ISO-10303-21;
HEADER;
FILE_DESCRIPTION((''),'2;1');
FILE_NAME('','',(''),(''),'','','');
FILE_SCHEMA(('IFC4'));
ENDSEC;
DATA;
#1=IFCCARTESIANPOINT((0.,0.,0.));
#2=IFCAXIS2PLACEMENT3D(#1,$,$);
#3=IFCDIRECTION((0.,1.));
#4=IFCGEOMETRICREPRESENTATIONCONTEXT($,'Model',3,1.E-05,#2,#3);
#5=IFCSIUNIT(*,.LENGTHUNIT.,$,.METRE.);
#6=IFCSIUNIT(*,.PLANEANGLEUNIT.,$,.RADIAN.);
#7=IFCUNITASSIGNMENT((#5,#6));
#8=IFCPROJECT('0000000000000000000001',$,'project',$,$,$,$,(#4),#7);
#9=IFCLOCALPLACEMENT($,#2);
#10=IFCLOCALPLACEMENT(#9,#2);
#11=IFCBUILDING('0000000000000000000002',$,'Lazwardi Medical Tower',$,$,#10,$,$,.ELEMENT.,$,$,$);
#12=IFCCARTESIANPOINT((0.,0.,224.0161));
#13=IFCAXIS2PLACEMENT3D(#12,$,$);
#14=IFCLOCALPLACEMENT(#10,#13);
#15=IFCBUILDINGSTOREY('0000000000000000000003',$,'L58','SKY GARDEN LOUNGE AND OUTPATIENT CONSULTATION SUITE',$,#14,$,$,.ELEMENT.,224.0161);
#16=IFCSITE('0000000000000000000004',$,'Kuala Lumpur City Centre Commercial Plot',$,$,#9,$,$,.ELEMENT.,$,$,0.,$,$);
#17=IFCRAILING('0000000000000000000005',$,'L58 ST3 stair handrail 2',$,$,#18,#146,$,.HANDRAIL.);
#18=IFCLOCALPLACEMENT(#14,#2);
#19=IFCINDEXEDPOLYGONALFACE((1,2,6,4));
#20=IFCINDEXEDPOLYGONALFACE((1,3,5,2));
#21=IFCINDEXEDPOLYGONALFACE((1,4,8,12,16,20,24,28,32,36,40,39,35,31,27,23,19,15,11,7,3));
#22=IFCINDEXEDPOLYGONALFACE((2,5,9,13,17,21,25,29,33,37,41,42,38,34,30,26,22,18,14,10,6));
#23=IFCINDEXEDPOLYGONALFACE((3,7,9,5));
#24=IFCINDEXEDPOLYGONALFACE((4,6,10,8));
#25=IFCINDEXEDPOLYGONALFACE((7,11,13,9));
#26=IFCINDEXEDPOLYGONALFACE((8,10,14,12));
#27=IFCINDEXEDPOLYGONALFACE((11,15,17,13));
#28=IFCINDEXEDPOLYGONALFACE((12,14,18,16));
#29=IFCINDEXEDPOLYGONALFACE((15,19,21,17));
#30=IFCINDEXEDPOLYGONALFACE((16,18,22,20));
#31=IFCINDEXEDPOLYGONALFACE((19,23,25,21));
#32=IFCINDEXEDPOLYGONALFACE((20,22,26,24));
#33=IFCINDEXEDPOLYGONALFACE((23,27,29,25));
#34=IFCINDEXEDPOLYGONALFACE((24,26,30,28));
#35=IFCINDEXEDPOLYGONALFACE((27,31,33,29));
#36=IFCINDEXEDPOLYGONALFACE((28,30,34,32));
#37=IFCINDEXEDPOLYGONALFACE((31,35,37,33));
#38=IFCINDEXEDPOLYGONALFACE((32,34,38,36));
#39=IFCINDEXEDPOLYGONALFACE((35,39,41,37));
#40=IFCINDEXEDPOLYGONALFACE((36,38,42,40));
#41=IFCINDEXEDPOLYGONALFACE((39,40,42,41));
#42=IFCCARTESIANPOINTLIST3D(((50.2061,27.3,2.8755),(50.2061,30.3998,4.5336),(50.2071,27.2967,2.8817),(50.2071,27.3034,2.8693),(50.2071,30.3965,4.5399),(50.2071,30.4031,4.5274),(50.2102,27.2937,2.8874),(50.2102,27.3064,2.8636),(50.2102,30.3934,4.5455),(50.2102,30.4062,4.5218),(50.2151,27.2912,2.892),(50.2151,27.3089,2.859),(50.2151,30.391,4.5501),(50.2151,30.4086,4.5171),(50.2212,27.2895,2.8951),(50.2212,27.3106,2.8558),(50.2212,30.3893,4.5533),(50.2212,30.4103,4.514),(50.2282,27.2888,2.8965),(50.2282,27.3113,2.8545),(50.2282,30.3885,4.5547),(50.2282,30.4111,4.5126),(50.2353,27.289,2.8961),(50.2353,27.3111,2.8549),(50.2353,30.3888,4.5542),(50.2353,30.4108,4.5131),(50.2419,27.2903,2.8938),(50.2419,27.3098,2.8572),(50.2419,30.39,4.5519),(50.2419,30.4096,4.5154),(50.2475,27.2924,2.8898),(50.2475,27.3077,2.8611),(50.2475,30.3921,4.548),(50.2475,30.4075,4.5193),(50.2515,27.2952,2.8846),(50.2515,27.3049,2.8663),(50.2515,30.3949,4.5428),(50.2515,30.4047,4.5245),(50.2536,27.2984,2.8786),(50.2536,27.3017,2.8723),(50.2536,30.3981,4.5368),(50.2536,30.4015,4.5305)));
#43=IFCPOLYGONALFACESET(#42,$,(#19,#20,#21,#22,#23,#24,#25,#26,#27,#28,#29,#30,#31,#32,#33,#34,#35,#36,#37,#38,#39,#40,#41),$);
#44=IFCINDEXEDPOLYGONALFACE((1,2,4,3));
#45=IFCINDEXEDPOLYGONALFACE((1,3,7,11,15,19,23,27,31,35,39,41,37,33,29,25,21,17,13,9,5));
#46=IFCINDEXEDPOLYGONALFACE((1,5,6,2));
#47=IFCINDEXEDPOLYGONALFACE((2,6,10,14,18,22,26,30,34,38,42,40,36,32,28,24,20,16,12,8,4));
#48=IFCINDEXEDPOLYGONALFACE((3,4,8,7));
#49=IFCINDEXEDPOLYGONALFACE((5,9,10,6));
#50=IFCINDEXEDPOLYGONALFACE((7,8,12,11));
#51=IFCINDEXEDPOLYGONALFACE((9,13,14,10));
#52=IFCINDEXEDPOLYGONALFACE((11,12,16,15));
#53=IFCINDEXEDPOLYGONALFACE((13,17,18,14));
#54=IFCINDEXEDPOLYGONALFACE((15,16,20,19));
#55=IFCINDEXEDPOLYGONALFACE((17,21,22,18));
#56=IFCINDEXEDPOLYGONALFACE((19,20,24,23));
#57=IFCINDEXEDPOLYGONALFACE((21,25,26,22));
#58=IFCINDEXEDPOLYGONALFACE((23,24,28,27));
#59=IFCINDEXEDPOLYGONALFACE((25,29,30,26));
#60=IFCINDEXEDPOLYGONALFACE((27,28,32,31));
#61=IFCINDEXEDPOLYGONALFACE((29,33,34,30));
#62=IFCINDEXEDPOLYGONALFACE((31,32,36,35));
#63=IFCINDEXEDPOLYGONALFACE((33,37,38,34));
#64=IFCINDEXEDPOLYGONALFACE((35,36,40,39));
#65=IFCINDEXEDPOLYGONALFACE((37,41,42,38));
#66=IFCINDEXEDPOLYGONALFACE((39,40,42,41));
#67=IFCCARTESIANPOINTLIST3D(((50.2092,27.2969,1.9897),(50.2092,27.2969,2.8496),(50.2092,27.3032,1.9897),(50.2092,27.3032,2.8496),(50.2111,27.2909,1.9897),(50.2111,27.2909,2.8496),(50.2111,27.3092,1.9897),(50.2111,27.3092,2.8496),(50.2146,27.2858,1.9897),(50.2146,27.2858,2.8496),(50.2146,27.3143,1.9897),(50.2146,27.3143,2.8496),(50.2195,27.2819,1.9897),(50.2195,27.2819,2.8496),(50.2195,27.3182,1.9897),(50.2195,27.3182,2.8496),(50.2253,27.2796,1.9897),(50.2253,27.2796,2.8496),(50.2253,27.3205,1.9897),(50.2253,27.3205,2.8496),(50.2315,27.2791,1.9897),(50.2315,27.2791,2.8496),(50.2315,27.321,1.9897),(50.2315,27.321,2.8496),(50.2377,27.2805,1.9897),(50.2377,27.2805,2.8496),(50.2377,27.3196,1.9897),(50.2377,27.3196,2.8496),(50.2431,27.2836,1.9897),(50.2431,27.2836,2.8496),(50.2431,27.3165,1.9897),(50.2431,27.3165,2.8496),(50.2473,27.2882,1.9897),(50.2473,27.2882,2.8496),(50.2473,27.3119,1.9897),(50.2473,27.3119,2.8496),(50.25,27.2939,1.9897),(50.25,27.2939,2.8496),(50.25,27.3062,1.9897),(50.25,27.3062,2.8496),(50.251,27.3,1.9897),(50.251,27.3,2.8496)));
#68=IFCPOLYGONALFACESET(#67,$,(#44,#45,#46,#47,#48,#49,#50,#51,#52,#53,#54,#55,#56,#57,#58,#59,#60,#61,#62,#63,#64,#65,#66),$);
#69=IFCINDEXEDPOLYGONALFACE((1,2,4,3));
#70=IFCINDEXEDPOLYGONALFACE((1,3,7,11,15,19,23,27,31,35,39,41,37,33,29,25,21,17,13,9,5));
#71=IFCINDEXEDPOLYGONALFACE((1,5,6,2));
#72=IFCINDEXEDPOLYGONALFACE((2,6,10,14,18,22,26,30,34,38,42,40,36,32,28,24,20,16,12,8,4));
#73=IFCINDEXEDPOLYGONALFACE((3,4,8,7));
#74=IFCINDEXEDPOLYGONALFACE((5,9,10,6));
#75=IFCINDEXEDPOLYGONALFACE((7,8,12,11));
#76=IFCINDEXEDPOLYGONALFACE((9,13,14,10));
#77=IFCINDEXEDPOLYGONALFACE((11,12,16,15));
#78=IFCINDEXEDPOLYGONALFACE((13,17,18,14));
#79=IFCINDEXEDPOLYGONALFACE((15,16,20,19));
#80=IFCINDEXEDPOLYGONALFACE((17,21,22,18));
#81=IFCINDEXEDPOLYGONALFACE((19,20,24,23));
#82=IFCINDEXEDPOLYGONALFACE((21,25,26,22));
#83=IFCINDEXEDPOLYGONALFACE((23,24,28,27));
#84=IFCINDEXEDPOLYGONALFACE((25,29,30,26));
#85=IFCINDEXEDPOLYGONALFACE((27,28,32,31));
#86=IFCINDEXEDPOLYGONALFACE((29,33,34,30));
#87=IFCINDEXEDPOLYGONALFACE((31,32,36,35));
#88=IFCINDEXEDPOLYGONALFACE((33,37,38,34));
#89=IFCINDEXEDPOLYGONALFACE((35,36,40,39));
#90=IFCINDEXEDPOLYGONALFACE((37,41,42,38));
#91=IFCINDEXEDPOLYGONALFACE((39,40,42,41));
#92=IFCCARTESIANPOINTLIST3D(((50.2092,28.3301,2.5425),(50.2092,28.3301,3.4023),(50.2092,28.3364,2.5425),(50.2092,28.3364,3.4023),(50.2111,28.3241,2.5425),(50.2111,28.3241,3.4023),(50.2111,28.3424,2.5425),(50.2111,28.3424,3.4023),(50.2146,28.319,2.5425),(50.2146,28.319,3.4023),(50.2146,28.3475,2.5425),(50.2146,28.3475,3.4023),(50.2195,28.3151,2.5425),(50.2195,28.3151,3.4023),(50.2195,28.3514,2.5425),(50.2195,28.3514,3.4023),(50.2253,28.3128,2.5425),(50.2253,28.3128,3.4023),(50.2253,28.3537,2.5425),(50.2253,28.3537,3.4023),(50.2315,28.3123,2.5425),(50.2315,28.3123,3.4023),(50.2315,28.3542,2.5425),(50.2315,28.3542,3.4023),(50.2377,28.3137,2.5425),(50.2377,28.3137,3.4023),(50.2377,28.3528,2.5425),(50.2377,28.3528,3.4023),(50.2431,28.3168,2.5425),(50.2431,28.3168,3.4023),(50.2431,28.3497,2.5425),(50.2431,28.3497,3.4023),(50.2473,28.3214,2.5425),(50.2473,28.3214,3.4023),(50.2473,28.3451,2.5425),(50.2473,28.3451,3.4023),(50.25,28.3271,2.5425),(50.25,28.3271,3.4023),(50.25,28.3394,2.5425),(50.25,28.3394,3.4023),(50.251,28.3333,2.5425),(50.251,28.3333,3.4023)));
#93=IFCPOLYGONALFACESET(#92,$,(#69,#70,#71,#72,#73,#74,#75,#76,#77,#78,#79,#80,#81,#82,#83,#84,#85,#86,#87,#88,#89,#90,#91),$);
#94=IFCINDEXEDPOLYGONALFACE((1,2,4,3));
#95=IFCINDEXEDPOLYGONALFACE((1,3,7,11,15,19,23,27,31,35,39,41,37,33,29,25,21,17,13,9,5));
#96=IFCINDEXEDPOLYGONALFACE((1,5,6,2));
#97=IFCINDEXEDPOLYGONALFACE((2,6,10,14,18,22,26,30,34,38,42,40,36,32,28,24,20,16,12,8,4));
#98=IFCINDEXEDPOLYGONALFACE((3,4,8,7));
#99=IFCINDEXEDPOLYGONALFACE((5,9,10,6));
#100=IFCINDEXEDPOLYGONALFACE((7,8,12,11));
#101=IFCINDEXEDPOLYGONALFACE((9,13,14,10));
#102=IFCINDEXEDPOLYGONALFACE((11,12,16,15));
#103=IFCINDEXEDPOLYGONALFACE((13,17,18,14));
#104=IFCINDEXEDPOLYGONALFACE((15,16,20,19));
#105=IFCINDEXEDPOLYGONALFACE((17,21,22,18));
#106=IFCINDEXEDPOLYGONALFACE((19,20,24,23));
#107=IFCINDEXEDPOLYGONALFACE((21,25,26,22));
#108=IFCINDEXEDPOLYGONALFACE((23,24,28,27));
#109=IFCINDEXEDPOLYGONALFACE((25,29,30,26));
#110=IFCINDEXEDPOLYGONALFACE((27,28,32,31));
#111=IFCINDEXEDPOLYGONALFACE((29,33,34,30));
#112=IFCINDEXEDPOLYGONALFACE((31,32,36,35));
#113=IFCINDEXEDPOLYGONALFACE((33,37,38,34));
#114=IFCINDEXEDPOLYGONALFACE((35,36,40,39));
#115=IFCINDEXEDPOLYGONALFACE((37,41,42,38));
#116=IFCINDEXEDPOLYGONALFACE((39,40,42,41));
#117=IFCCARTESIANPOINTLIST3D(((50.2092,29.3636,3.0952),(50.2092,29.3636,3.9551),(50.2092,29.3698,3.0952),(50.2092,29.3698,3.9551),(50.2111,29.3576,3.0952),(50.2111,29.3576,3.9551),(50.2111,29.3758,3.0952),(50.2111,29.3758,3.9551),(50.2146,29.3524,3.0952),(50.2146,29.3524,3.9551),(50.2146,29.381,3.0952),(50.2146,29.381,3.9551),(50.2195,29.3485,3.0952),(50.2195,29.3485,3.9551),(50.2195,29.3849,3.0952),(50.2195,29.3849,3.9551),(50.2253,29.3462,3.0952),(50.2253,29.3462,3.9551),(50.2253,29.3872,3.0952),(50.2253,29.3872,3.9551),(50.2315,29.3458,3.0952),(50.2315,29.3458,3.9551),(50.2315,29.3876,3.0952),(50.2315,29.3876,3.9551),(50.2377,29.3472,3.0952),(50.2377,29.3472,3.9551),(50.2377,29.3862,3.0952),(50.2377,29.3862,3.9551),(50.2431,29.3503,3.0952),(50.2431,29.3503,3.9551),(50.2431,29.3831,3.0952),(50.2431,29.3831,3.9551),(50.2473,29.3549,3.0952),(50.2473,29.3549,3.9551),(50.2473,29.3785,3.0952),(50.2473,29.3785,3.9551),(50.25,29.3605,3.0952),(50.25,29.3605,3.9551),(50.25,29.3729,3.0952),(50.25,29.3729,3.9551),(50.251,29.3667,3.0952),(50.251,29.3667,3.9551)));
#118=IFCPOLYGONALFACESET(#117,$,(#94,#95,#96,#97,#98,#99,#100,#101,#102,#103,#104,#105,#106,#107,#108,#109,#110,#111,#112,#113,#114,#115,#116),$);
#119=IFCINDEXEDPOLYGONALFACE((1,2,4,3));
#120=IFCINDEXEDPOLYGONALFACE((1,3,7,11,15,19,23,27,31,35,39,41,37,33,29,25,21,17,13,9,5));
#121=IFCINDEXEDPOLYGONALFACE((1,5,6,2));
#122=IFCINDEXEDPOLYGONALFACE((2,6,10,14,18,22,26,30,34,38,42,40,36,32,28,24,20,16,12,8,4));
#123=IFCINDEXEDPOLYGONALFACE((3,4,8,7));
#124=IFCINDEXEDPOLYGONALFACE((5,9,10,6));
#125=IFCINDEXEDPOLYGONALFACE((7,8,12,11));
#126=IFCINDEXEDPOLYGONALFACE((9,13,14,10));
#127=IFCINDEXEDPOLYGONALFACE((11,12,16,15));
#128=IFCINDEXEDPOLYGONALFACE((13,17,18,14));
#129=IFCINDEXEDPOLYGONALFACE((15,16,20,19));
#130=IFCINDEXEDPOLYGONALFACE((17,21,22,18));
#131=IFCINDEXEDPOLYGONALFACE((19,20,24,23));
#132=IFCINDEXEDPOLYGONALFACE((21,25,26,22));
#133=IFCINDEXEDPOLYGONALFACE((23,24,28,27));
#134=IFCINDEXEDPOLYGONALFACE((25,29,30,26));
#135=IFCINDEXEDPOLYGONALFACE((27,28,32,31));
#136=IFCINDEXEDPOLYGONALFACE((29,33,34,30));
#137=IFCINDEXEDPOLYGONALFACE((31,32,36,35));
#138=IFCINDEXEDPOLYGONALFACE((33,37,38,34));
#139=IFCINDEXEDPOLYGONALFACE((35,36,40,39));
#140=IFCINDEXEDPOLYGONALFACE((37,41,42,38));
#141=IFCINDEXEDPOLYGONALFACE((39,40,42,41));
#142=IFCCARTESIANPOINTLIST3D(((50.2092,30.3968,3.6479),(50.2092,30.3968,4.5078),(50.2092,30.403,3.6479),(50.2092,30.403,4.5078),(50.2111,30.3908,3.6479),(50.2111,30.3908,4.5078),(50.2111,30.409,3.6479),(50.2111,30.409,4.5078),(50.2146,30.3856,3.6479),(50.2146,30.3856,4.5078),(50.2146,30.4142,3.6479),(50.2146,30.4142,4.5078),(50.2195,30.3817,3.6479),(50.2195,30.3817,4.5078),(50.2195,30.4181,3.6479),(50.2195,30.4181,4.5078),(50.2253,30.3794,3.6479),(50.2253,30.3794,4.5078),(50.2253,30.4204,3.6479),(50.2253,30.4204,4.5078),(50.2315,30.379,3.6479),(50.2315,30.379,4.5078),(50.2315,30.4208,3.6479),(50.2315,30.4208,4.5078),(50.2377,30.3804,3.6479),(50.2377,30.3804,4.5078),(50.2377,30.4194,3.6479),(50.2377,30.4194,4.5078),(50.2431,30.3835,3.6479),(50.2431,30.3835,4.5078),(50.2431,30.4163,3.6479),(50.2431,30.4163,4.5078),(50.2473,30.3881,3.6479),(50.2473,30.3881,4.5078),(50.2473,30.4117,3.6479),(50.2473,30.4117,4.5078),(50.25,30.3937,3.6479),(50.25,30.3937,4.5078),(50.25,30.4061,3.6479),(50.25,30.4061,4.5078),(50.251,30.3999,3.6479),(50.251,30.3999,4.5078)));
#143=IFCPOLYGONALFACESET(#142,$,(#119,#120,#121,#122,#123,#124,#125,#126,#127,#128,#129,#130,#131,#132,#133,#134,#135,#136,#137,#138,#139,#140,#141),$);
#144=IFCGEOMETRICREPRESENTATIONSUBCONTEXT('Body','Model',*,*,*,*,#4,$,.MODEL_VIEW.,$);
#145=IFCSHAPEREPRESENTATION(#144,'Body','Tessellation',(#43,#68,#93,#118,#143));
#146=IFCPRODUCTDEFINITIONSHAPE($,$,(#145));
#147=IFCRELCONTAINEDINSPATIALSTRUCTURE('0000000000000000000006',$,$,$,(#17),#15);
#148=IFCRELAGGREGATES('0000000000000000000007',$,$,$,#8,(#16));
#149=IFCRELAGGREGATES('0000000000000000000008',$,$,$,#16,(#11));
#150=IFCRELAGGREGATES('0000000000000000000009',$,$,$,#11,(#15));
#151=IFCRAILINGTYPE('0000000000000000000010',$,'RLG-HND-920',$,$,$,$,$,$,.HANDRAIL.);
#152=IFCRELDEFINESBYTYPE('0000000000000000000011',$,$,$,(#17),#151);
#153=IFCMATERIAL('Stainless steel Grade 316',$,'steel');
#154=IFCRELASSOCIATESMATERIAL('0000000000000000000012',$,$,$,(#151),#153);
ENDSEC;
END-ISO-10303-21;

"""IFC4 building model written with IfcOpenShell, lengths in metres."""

from ifc_helpers import new_model, si_unit, direction, frame, origin, origin_2d, place, context, subcontext, project, spatial, circle, extrude, material, type_object, element, save


model = new_model("IFC4")

# Units and contexts
model_context = context("Model", 3, precision=1e-05, world=origin(), true_north=direction((0.0, 1.0)))
body_context = subcontext(model_context, "Body", "Model", "MODEL_VIEW")
ifc_project = project(units=[si_unit("LENGTHUNIT", "METRE"), si_unit("PLANEANGLEUNIT", "RADIAN")], contexts=[model_context])

# Site, building, storey
site_placement = place(None, origin())
site = spatial("IfcSite", under=ifc_project, at=site_placement, Name="Kuala Lumpur City Centre Commercial Plot", CompositionType="ELEMENT", RefElevation=0.0)
building_placement = place(site_placement, origin())
building = spatial("IfcBuilding", under=site, at=building_placement, Name="Lazwardi Medical Tower", CompositionType="ELEMENT")
storey_placement = place(building_placement, frame((0.0, 0.0, 224.0161)))
storey = spatial("IfcBuildingStorey", under=building, at=storey_placement, Name="L58", Description="SKY GARDEN LOUNGE AND OUTPATIENT CONSULTATION SUITE", CompositionType="ELEMENT", Elevation=224.0161)

# Railing
ifc_material_1 = material(Name="Stainless steel Grade 316", Category="steel")
railing_type_1 = type_object("IfcRailingType", Name="RLG-HND-920", PredefinedType="HANDRAIL", material=ifc_material_1)
railing_1_placement = place(storey_placement, frame((50.23, 27.3, 1.9897)))
element("IfcRailing", 1, at=railing_1_placement, inside=storey, type_object=railing_type_1, Name="L58 ST3 stair handrail 2", PredefinedType="HANDRAIL", context=body_context, shape_type="SweptSolid", body=[
    extrude(circle(Radius=0.0239, at=origin_2d()), frame((0.0, 0.0, 0.8857), z_axis=(0.0, 0.881768, 0.471684), x_axis=(-1.0, 0.0, 0.0)), (0.0, 0.0, 1.0), 3.5154),
    extrude(circle(Radius=0.021, at=origin_2d()), origin(), (0.0, 0.0, 1.0), 0.8599),
    extrude(circle(Radius=0.021, at=origin_2d()), frame((0.0, 1.0332, 0.5527)), (0.0, 0.0, 1.0), 0.8599),
    extrude(circle(Radius=0.021, at=origin_2d()), frame((0.0, 2.0667, 1.1055)), (0.0, 0.0, 1.0), 0.8599),
    extrude(circle(Radius=0.021, at=origin_2d()), frame((0.0, 3.0999, 1.6582)), (0.0, 0.0, 1.0), 0.8599),
])

save(model, "model.ifc")
